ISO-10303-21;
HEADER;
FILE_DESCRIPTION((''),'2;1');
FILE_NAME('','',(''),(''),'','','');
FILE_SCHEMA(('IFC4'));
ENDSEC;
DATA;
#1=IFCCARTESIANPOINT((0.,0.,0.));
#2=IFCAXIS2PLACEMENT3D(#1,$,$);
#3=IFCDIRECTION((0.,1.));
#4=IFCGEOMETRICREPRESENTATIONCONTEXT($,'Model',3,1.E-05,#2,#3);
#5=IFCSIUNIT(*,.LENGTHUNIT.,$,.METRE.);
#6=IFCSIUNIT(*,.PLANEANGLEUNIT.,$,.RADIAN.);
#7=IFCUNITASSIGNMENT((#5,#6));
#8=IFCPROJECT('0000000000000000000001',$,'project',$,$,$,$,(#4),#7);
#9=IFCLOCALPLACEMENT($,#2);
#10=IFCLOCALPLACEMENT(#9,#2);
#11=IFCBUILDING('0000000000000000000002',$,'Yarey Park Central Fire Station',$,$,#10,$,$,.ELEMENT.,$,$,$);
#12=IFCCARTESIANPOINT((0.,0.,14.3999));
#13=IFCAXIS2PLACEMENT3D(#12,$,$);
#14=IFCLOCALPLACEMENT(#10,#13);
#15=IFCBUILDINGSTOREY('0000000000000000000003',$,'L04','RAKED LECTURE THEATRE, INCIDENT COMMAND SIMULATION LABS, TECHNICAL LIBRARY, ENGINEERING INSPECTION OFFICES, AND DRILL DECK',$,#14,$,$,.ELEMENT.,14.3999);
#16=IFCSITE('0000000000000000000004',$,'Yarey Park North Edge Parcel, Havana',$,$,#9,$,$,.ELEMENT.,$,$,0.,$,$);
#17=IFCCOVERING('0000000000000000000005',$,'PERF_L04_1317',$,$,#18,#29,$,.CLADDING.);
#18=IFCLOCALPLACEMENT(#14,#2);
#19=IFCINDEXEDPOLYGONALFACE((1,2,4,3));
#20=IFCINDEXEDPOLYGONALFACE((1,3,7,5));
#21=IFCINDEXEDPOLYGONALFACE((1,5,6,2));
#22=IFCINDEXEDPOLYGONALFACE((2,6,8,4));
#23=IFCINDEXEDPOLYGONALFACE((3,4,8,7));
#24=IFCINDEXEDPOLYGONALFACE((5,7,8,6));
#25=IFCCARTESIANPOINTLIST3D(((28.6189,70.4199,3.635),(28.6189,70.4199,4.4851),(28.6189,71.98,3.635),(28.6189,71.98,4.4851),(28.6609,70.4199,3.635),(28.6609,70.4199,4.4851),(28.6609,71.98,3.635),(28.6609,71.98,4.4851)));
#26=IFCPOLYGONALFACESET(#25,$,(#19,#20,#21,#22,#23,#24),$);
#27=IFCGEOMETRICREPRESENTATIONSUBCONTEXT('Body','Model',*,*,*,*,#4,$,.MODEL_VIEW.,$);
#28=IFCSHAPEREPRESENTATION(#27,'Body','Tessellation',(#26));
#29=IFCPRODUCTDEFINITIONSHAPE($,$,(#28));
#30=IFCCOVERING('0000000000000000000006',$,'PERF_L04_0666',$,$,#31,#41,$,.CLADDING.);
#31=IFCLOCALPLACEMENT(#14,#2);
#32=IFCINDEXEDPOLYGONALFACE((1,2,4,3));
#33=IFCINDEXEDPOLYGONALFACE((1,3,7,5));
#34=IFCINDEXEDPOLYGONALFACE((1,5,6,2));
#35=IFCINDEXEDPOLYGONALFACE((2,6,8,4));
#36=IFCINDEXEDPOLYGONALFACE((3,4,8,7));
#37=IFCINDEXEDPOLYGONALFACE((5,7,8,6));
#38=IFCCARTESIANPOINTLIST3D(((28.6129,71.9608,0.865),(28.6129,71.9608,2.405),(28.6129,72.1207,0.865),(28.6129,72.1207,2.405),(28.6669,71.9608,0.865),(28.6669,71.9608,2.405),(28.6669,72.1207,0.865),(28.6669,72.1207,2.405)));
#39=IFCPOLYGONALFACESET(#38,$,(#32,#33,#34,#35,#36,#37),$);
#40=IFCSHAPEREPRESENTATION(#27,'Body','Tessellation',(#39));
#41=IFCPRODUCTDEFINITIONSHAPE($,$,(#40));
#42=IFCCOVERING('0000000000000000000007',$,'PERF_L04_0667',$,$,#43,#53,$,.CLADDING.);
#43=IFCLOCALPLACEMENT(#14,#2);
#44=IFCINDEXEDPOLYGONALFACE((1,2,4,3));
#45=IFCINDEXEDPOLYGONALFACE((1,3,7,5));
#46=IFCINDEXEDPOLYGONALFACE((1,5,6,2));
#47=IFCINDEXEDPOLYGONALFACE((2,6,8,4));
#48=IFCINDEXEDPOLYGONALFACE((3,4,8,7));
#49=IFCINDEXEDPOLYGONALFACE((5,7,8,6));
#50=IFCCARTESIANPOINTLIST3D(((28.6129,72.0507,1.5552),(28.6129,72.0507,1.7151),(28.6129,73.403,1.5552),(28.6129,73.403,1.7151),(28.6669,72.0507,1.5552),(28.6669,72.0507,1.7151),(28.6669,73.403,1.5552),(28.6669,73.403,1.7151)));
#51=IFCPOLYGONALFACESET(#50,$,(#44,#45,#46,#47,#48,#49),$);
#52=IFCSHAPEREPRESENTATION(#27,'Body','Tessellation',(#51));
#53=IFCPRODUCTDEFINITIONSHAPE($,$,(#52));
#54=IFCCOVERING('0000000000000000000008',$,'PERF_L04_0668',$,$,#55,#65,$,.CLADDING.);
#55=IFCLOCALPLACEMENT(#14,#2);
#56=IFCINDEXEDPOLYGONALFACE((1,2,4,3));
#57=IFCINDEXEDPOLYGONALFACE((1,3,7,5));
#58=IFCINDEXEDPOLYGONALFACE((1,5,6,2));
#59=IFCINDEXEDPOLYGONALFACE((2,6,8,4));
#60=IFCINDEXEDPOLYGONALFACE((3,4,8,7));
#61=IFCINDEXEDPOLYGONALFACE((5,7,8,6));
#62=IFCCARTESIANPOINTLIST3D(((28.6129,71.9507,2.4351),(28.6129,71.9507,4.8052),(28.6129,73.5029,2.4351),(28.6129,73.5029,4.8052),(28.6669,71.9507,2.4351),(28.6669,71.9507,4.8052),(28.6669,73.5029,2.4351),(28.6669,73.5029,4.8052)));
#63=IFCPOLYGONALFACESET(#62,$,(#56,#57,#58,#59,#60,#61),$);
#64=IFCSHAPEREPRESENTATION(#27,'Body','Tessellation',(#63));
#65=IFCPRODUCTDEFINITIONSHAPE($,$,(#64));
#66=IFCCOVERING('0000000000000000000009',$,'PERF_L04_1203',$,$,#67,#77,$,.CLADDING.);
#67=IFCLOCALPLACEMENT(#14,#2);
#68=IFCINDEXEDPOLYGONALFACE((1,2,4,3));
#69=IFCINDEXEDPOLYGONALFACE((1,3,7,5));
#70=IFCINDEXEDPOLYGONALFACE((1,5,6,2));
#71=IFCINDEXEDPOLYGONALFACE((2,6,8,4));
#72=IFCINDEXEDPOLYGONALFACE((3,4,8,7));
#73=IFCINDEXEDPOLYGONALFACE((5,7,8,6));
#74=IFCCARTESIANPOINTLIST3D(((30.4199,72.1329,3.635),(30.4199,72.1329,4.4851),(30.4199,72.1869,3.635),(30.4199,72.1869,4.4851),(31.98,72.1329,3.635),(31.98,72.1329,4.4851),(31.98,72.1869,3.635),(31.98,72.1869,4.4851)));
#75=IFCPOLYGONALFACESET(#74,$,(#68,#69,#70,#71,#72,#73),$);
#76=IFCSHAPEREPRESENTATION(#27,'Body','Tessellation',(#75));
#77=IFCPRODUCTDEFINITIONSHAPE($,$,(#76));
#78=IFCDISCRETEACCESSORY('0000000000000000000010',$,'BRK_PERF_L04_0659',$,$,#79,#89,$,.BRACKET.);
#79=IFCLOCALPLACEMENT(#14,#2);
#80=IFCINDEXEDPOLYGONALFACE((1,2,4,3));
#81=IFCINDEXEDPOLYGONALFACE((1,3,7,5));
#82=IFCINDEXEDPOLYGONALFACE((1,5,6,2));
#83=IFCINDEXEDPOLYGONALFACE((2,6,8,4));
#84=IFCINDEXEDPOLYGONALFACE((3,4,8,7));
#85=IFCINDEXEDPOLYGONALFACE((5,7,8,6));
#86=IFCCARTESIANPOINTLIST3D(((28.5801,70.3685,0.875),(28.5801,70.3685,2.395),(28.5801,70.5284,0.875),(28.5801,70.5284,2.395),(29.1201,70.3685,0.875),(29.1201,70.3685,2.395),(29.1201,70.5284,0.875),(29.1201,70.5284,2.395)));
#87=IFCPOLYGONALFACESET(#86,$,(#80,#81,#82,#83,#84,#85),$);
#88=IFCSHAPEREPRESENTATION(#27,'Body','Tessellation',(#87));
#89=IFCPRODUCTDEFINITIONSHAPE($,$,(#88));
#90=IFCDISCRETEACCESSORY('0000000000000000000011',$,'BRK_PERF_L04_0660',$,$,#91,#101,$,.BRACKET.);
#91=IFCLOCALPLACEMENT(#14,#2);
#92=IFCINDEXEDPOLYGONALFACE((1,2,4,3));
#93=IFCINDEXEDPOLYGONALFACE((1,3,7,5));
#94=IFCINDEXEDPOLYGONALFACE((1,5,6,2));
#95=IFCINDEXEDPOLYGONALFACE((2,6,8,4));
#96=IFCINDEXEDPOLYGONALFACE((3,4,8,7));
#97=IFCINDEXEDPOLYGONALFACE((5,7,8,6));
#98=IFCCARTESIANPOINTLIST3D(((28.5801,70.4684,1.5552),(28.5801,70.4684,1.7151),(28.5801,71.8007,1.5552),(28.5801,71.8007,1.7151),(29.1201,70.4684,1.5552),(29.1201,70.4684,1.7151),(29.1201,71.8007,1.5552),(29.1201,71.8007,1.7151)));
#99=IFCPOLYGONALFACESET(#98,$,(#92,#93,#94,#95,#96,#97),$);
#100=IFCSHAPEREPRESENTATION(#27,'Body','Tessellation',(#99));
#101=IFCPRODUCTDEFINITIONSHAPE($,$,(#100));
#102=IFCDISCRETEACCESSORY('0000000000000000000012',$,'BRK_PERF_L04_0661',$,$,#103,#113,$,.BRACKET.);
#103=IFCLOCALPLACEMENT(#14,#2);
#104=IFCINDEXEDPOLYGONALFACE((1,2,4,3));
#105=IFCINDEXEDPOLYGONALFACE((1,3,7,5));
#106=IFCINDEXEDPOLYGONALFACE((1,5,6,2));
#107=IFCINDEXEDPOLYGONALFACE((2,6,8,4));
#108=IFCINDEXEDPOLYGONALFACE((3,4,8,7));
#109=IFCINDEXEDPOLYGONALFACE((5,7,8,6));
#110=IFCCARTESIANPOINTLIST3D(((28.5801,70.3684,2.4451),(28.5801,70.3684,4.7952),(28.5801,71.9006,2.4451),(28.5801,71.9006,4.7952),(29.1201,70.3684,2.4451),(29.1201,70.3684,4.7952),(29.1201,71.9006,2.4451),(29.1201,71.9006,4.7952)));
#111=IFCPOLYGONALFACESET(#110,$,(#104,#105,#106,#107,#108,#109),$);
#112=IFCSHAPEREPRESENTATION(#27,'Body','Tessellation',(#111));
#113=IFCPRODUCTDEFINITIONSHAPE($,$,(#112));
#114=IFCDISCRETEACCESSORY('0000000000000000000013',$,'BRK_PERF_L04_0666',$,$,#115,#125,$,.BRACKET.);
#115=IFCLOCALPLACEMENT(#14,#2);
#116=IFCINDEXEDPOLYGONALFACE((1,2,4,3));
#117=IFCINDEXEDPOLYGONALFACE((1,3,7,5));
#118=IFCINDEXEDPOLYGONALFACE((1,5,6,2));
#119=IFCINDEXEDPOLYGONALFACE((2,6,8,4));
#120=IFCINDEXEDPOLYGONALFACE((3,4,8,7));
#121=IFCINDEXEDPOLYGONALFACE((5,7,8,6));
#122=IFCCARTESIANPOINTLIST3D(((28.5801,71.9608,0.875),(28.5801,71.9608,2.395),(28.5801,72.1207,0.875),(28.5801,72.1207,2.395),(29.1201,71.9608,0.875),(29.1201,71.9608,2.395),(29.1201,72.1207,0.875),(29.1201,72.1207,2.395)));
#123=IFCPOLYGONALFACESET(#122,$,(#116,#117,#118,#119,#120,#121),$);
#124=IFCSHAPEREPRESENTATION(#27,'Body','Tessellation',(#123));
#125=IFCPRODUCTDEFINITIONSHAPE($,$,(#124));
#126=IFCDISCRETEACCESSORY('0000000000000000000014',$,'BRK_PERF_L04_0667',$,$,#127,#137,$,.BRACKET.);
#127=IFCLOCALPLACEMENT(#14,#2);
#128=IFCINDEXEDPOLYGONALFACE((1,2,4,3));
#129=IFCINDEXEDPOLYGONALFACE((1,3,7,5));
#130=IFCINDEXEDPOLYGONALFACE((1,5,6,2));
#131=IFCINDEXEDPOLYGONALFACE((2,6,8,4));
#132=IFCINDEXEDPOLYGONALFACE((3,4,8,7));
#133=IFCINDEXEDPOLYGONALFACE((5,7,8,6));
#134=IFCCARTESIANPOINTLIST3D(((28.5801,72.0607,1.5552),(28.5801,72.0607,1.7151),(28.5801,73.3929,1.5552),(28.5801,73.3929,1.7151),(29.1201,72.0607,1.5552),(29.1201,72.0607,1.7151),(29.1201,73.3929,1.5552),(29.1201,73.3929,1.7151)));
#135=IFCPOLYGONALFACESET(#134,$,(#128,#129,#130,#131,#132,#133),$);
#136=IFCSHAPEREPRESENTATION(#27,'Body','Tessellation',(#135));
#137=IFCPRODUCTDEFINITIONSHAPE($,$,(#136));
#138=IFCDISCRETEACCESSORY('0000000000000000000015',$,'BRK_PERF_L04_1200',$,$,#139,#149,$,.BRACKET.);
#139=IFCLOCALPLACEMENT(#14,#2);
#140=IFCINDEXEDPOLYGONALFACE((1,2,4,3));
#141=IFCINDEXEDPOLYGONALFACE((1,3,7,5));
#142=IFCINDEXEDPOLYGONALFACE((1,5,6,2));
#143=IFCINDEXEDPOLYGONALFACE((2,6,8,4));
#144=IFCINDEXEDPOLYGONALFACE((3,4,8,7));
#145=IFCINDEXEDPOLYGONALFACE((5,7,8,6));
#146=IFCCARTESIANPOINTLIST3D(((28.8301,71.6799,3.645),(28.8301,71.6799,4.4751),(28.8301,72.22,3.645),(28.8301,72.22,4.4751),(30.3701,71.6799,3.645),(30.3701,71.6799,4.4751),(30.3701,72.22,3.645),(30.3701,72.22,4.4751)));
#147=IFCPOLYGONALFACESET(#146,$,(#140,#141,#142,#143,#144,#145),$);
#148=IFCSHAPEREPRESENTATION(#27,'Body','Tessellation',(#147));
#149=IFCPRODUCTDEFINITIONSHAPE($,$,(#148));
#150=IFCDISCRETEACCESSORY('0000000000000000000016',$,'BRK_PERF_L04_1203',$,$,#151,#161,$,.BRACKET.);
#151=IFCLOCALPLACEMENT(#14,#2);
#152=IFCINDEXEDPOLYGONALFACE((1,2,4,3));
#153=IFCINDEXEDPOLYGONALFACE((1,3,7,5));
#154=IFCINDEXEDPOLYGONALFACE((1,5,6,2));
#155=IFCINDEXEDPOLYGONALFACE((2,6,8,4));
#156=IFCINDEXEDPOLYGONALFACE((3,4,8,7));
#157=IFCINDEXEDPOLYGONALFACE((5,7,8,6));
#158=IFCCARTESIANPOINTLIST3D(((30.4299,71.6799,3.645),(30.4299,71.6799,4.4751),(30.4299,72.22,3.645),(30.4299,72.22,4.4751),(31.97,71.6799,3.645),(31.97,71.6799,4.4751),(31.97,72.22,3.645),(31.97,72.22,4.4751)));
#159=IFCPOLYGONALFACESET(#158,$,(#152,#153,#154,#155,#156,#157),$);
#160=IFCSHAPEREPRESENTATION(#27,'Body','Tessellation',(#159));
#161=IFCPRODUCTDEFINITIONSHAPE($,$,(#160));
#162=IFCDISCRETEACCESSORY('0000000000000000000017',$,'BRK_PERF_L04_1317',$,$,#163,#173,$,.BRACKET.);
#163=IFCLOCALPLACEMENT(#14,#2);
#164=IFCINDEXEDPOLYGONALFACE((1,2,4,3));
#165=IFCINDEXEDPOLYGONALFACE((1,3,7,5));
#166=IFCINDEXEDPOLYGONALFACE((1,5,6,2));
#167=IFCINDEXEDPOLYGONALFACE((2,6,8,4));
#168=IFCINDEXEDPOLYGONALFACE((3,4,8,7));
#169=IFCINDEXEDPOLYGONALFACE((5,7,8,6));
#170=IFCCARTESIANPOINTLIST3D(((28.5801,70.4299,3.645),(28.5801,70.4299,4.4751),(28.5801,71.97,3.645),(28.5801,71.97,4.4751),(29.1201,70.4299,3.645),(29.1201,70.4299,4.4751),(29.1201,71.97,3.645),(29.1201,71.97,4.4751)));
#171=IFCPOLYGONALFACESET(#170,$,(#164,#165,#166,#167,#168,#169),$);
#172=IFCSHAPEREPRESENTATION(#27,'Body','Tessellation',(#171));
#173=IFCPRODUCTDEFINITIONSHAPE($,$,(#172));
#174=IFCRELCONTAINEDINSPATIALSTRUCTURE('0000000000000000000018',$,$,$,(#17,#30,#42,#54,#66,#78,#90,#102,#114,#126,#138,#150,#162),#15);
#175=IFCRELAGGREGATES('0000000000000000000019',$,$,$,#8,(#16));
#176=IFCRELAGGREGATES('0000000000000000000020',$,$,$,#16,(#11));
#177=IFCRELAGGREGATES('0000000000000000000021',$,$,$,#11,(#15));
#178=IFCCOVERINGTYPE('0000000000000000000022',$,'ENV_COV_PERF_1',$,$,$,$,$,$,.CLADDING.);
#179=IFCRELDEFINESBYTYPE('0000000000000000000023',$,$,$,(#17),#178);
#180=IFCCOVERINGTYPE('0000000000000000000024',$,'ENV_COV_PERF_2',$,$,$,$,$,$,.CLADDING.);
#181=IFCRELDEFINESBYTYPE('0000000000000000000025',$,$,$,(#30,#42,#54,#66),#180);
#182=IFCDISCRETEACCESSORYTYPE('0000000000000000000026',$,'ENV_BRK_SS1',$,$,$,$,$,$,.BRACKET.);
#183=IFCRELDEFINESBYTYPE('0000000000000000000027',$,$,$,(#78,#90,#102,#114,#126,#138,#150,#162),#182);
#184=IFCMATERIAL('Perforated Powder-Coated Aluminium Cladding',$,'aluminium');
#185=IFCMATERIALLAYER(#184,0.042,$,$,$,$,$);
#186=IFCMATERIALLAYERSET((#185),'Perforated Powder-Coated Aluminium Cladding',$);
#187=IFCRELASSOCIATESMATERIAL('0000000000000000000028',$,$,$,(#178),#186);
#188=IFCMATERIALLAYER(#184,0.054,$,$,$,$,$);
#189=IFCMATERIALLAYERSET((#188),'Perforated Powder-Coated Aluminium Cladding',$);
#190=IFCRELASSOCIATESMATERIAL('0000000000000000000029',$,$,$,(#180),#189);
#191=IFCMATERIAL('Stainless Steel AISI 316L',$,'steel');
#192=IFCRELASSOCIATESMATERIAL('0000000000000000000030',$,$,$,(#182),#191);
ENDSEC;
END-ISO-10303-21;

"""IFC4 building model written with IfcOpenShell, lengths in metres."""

from ifc_helpers import new_model, si_unit, direction, frame, origin, origin_2d, place, context, subcontext, project, spatial, rectangle, extrude, material, layer, layer_set, type_object, element, save


model = new_model("IFC4")

# Units and contexts
model_context = context("Model", 3, precision=1e-05, world=origin(), true_north=direction((0.0, 1.0)))
body_context = subcontext(model_context, "Body", "Model", "MODEL_VIEW")
ifc_project = project(units=[si_unit("LENGTHUNIT", "METRE"), si_unit("PLANEANGLEUNIT", "RADIAN")], contexts=[model_context])

# Site, building, storey
site_placement = place(None, origin())
site = spatial("IfcSite", under=ifc_project, at=site_placement, Name="Yarey Park North Edge Parcel, Havana", CompositionType="ELEMENT", RefElevation=0.0)
building_placement = place(site_placement, origin())
building = spatial("IfcBuilding", under=site, at=building_placement, Name="Yarey Park Central Fire Station", CompositionType="ELEMENT")
storey_placement = place(building_placement, frame((0.0, 0.0, 14.3999)))
storey = spatial("IfcBuildingStorey", under=building, at=storey_placement, Name="L04", Description="RAKED LECTURE THEATRE, INCIDENT COMMAND SIMULATION LABS, TECHNICAL LIBRARY, ENGINEERING INSPECTION OFFICES, AND DRILL DECK", CompositionType="ELEMENT", Elevation=14.3999)

# Coverings
ifc_material_1 = material(Name="Perforated Powder-Coated Aluminium Cladding", Category="aluminium")
ifc_layer_1 = layer(ifc_material_1, 0.042)
ifc_layer_set_1 = layer_set([ifc_layer_1], Name="Perforated Powder-Coated Aluminium Cladding")
covering_type_1 = type_object("IfcCoveringType", Name="ENV_COV_PERF_1", PredefinedType="CLADDING", material=ifc_layer_set_1)
for number, where, z_axis, x_axis, name in (
    (1, (28.6399, 71.2, 3.635), (0.0, 0.0, 1.0), (0.0, 1.0, 0.0), "PERF_L04_1317"),
):
    element("IfcCovering", number, at=place(storey_placement, frame(where, z_axis=z_axis, x_axis=x_axis)), inside=storey, type_object=covering_type_1, Name=name, PredefinedType="CLADDING", context=body_context, shape_type="SweptSolid", body=[
        extrude(rectangle(XDim=1.5601, YDim=0.042, at=origin_2d()), origin(), (0.0, 0.0, 1.0), 0.8501),
    ])
ifc_layer_2 = layer(ifc_material_1, 0.054)
ifc_layer_set_2 = layer_set([ifc_layer_2], Name="Perforated Powder-Coated Aluminium Cladding")
covering_type_2 = type_object("IfcCoveringType", Name="ENV_COV_PERF_2", PredefinedType="CLADDING", material=ifc_layer_set_2)
covering_1_placement = place(storey_placement, frame((28.6399, 72.0408, 0.865), z_axis=(0.0, 0.0, 1.0), x_axis=(0.0, 1.0, 0.0)))
element("IfcCovering", 2, at=covering_1_placement, inside=storey, type_object=covering_type_2, Name="PERF_L04_0666", PredefinedType="CLADDING", context=body_context, shape_type="SweptSolid", body=[
    extrude(rectangle(XDim=0.1599, YDim=0.054, at=origin_2d()), origin(), (0.0, 0.0, 1.0), 1.54),
])
covering_2_placement = place(storey_placement, frame((28.6399, 72.7268, 1.5552), z_axis=(0.0, 0.0, 1.0), x_axis=(0.0, 1.0, 0.0)))
element("IfcCovering", 3, at=covering_2_placement, inside=storey, type_object=covering_type_2, Name="PERF_L04_0667", PredefinedType="CLADDING", context=body_context, shape_type="SweptSolid", body=[
    extrude(rectangle(XDim=1.3523, YDim=0.054, at=origin_2d()), origin(), (0.0, 0.0, 1.0), 0.1599),
])
covering_3_placement = place(storey_placement, frame((28.6399, 72.7268, 2.4351), z_axis=(0.0, 0.0, 1.0), x_axis=(0.0, 1.0, 0.0)))
element("IfcCovering", 4, at=covering_3_placement, inside=storey, type_object=covering_type_2, Name="PERF_L04_0668", PredefinedType="CLADDING", context=body_context, shape_type="SweptSolid", body=[
    extrude(rectangle(XDim=1.5522, YDim=0.054, at=origin_2d()), origin(), (0.0, 0.0, 1.0), 2.3701),
])
covering_4_placement = place(storey_placement, frame((31.2, 72.1599, 3.635), z_axis=(0.0, 0.0, 1.0), x_axis=(1.0, 0.0, 0.0)))
element("IfcCovering", 5, at=covering_4_placement, inside=storey, type_object=covering_type_2, Name="PERF_L04_1203", PredefinedType="CLADDING", context=body_context, shape_type="SweptSolid", body=[
    extrude(rectangle(XDim=1.5601, YDim=0.054, at=origin_2d()), origin(), (0.0, 0.0, 1.0), 0.8501),
])

# Discrete accessories
ifc_material_2 = material(Name="Stainless Steel AISI 316L", Category="steel")
discrete_accessory_type = type_object("IfcDiscreteAccessoryType", Name="ENV_BRK_SS1", PredefinedType="BRACKET", material=ifc_material_2)
discrete_accessory_1_placement = place(storey_placement, frame((28.8501, 70.4485, 0.875), z_axis=(0.0, 0.0, 1.0), x_axis=(1.0, 0.0, 0.0)))
element("IfcDiscreteAccessory", 6, at=discrete_accessory_1_placement, inside=storey, type_object=discrete_accessory_type, Name="BRK_PERF_L04_0659", PredefinedType="BRACKET", context=body_context, shape_type="SweptSolid", body=[
    extrude(rectangle(XDim=0.54, YDim=0.1599, at=origin_2d()), origin(), (0.0, 0.0, 1.0), 1.52),
])
discrete_accessory_2_placement = place(storey_placement, frame((28.8501, 71.1345, 1.5552), z_axis=(0.0, 0.0, 1.0), x_axis=(1.0, 0.0, 0.0)))
element("IfcDiscreteAccessory", 7, at=discrete_accessory_2_placement, inside=storey, type_object=discrete_accessory_type, Name="BRK_PERF_L04_0660", PredefinedType="BRACKET", context=body_context, shape_type="SweptSolid", body=[
    extrude(rectangle(XDim=0.54, YDim=1.3323, at=origin_2d()), origin(), (0.0, 0.0, 1.0), 0.1599),
])
discrete_accessory_3_placement = place(storey_placement, frame((28.8501, 71.1345, 2.4451), z_axis=(0.0, 0.0, 1.0), x_axis=(1.0, 0.0, 0.0)))
element("IfcDiscreteAccessory", 8, at=discrete_accessory_3_placement, inside=storey, type_object=discrete_accessory_type, Name="BRK_PERF_L04_0661", PredefinedType="BRACKET", context=body_context, shape_type="SweptSolid", body=[
    extrude(rectangle(XDim=0.54, YDim=1.5322, at=origin_2d()), origin(), (0.0, 0.0, 1.0), 2.3501),
])
discrete_accessory_4_placement = place(storey_placement, frame((28.8501, 72.0408, 0.875), z_axis=(0.0, 0.0, 1.0), x_axis=(1.0, 0.0, 0.0)))
element("IfcDiscreteAccessory", 9, at=discrete_accessory_4_placement, inside=storey, type_object=discrete_accessory_type, Name="BRK_PERF_L04_0666", PredefinedType="BRACKET", context=body_context, shape_type="SweptSolid", body=[
    extrude(rectangle(XDim=0.54, YDim=0.1599, at=origin_2d()), origin(), (0.0, 0.0, 1.0), 1.52),
])
discrete_accessory_5_placement = place(storey_placement, frame((28.8501, 72.7268, 1.5552), z_axis=(0.0, 0.0, 1.0), x_axis=(1.0, 0.0, 0.0)))
element("IfcDiscreteAccessory", 10, at=discrete_accessory_5_placement, inside=storey, type_object=discrete_accessory_type, Name="BRK_PERF_L04_0667", PredefinedType="BRACKET", context=body_context, shape_type="SweptSolid", body=[
    extrude(rectangle(XDim=0.54, YDim=1.3323, at=origin_2d()), origin(), (0.0, 0.0, 1.0), 0.1599),
])
for number, where, z_axis, x_axis, name in (
    (11, (29.6001, 71.95, 3.645), (0.0, 0.0, 1.0), (1.0, 0.0, 0.0), "BRK_PERF_L04_1200"),
    (12, (31.2, 71.95, 3.645), (0.0, 0.0, 1.0), (1.0, 0.0, 0.0), "BRK_PERF_L04_1203"),
):
    element("IfcDiscreteAccessory", number, at=place(storey_placement, frame(where, z_axis=z_axis, x_axis=x_axis)), inside=storey, type_object=discrete_accessory_type, Name=name, PredefinedType="BRACKET", context=body_context, shape_type="SweptSolid", body=[
        extrude(rectangle(XDim=1.54, YDim=0.54, at=origin_2d()), origin(), (0.0, 0.0, 1.0), 0.8301),
    ])
discrete_accessory_6_placement = place(storey_placement, frame((28.8501, 71.2, 3.645), z_axis=(0.0, 0.0, 1.0), x_axis=(1.0, 0.0, 0.0)))
element("IfcDiscreteAccessory", 13, at=discrete_accessory_6_placement, inside=storey, type_object=discrete_accessory_type, Name="BRK_PERF_L04_1317", PredefinedType="BRACKET", context=body_context, shape_type="SweptSolid", body=[
    extrude(rectangle(XDim=0.54, YDim=1.54, at=origin_2d()), origin(), (0.0, 0.0, 1.0), 0.8301),
])

save(model, "model.ifc")
